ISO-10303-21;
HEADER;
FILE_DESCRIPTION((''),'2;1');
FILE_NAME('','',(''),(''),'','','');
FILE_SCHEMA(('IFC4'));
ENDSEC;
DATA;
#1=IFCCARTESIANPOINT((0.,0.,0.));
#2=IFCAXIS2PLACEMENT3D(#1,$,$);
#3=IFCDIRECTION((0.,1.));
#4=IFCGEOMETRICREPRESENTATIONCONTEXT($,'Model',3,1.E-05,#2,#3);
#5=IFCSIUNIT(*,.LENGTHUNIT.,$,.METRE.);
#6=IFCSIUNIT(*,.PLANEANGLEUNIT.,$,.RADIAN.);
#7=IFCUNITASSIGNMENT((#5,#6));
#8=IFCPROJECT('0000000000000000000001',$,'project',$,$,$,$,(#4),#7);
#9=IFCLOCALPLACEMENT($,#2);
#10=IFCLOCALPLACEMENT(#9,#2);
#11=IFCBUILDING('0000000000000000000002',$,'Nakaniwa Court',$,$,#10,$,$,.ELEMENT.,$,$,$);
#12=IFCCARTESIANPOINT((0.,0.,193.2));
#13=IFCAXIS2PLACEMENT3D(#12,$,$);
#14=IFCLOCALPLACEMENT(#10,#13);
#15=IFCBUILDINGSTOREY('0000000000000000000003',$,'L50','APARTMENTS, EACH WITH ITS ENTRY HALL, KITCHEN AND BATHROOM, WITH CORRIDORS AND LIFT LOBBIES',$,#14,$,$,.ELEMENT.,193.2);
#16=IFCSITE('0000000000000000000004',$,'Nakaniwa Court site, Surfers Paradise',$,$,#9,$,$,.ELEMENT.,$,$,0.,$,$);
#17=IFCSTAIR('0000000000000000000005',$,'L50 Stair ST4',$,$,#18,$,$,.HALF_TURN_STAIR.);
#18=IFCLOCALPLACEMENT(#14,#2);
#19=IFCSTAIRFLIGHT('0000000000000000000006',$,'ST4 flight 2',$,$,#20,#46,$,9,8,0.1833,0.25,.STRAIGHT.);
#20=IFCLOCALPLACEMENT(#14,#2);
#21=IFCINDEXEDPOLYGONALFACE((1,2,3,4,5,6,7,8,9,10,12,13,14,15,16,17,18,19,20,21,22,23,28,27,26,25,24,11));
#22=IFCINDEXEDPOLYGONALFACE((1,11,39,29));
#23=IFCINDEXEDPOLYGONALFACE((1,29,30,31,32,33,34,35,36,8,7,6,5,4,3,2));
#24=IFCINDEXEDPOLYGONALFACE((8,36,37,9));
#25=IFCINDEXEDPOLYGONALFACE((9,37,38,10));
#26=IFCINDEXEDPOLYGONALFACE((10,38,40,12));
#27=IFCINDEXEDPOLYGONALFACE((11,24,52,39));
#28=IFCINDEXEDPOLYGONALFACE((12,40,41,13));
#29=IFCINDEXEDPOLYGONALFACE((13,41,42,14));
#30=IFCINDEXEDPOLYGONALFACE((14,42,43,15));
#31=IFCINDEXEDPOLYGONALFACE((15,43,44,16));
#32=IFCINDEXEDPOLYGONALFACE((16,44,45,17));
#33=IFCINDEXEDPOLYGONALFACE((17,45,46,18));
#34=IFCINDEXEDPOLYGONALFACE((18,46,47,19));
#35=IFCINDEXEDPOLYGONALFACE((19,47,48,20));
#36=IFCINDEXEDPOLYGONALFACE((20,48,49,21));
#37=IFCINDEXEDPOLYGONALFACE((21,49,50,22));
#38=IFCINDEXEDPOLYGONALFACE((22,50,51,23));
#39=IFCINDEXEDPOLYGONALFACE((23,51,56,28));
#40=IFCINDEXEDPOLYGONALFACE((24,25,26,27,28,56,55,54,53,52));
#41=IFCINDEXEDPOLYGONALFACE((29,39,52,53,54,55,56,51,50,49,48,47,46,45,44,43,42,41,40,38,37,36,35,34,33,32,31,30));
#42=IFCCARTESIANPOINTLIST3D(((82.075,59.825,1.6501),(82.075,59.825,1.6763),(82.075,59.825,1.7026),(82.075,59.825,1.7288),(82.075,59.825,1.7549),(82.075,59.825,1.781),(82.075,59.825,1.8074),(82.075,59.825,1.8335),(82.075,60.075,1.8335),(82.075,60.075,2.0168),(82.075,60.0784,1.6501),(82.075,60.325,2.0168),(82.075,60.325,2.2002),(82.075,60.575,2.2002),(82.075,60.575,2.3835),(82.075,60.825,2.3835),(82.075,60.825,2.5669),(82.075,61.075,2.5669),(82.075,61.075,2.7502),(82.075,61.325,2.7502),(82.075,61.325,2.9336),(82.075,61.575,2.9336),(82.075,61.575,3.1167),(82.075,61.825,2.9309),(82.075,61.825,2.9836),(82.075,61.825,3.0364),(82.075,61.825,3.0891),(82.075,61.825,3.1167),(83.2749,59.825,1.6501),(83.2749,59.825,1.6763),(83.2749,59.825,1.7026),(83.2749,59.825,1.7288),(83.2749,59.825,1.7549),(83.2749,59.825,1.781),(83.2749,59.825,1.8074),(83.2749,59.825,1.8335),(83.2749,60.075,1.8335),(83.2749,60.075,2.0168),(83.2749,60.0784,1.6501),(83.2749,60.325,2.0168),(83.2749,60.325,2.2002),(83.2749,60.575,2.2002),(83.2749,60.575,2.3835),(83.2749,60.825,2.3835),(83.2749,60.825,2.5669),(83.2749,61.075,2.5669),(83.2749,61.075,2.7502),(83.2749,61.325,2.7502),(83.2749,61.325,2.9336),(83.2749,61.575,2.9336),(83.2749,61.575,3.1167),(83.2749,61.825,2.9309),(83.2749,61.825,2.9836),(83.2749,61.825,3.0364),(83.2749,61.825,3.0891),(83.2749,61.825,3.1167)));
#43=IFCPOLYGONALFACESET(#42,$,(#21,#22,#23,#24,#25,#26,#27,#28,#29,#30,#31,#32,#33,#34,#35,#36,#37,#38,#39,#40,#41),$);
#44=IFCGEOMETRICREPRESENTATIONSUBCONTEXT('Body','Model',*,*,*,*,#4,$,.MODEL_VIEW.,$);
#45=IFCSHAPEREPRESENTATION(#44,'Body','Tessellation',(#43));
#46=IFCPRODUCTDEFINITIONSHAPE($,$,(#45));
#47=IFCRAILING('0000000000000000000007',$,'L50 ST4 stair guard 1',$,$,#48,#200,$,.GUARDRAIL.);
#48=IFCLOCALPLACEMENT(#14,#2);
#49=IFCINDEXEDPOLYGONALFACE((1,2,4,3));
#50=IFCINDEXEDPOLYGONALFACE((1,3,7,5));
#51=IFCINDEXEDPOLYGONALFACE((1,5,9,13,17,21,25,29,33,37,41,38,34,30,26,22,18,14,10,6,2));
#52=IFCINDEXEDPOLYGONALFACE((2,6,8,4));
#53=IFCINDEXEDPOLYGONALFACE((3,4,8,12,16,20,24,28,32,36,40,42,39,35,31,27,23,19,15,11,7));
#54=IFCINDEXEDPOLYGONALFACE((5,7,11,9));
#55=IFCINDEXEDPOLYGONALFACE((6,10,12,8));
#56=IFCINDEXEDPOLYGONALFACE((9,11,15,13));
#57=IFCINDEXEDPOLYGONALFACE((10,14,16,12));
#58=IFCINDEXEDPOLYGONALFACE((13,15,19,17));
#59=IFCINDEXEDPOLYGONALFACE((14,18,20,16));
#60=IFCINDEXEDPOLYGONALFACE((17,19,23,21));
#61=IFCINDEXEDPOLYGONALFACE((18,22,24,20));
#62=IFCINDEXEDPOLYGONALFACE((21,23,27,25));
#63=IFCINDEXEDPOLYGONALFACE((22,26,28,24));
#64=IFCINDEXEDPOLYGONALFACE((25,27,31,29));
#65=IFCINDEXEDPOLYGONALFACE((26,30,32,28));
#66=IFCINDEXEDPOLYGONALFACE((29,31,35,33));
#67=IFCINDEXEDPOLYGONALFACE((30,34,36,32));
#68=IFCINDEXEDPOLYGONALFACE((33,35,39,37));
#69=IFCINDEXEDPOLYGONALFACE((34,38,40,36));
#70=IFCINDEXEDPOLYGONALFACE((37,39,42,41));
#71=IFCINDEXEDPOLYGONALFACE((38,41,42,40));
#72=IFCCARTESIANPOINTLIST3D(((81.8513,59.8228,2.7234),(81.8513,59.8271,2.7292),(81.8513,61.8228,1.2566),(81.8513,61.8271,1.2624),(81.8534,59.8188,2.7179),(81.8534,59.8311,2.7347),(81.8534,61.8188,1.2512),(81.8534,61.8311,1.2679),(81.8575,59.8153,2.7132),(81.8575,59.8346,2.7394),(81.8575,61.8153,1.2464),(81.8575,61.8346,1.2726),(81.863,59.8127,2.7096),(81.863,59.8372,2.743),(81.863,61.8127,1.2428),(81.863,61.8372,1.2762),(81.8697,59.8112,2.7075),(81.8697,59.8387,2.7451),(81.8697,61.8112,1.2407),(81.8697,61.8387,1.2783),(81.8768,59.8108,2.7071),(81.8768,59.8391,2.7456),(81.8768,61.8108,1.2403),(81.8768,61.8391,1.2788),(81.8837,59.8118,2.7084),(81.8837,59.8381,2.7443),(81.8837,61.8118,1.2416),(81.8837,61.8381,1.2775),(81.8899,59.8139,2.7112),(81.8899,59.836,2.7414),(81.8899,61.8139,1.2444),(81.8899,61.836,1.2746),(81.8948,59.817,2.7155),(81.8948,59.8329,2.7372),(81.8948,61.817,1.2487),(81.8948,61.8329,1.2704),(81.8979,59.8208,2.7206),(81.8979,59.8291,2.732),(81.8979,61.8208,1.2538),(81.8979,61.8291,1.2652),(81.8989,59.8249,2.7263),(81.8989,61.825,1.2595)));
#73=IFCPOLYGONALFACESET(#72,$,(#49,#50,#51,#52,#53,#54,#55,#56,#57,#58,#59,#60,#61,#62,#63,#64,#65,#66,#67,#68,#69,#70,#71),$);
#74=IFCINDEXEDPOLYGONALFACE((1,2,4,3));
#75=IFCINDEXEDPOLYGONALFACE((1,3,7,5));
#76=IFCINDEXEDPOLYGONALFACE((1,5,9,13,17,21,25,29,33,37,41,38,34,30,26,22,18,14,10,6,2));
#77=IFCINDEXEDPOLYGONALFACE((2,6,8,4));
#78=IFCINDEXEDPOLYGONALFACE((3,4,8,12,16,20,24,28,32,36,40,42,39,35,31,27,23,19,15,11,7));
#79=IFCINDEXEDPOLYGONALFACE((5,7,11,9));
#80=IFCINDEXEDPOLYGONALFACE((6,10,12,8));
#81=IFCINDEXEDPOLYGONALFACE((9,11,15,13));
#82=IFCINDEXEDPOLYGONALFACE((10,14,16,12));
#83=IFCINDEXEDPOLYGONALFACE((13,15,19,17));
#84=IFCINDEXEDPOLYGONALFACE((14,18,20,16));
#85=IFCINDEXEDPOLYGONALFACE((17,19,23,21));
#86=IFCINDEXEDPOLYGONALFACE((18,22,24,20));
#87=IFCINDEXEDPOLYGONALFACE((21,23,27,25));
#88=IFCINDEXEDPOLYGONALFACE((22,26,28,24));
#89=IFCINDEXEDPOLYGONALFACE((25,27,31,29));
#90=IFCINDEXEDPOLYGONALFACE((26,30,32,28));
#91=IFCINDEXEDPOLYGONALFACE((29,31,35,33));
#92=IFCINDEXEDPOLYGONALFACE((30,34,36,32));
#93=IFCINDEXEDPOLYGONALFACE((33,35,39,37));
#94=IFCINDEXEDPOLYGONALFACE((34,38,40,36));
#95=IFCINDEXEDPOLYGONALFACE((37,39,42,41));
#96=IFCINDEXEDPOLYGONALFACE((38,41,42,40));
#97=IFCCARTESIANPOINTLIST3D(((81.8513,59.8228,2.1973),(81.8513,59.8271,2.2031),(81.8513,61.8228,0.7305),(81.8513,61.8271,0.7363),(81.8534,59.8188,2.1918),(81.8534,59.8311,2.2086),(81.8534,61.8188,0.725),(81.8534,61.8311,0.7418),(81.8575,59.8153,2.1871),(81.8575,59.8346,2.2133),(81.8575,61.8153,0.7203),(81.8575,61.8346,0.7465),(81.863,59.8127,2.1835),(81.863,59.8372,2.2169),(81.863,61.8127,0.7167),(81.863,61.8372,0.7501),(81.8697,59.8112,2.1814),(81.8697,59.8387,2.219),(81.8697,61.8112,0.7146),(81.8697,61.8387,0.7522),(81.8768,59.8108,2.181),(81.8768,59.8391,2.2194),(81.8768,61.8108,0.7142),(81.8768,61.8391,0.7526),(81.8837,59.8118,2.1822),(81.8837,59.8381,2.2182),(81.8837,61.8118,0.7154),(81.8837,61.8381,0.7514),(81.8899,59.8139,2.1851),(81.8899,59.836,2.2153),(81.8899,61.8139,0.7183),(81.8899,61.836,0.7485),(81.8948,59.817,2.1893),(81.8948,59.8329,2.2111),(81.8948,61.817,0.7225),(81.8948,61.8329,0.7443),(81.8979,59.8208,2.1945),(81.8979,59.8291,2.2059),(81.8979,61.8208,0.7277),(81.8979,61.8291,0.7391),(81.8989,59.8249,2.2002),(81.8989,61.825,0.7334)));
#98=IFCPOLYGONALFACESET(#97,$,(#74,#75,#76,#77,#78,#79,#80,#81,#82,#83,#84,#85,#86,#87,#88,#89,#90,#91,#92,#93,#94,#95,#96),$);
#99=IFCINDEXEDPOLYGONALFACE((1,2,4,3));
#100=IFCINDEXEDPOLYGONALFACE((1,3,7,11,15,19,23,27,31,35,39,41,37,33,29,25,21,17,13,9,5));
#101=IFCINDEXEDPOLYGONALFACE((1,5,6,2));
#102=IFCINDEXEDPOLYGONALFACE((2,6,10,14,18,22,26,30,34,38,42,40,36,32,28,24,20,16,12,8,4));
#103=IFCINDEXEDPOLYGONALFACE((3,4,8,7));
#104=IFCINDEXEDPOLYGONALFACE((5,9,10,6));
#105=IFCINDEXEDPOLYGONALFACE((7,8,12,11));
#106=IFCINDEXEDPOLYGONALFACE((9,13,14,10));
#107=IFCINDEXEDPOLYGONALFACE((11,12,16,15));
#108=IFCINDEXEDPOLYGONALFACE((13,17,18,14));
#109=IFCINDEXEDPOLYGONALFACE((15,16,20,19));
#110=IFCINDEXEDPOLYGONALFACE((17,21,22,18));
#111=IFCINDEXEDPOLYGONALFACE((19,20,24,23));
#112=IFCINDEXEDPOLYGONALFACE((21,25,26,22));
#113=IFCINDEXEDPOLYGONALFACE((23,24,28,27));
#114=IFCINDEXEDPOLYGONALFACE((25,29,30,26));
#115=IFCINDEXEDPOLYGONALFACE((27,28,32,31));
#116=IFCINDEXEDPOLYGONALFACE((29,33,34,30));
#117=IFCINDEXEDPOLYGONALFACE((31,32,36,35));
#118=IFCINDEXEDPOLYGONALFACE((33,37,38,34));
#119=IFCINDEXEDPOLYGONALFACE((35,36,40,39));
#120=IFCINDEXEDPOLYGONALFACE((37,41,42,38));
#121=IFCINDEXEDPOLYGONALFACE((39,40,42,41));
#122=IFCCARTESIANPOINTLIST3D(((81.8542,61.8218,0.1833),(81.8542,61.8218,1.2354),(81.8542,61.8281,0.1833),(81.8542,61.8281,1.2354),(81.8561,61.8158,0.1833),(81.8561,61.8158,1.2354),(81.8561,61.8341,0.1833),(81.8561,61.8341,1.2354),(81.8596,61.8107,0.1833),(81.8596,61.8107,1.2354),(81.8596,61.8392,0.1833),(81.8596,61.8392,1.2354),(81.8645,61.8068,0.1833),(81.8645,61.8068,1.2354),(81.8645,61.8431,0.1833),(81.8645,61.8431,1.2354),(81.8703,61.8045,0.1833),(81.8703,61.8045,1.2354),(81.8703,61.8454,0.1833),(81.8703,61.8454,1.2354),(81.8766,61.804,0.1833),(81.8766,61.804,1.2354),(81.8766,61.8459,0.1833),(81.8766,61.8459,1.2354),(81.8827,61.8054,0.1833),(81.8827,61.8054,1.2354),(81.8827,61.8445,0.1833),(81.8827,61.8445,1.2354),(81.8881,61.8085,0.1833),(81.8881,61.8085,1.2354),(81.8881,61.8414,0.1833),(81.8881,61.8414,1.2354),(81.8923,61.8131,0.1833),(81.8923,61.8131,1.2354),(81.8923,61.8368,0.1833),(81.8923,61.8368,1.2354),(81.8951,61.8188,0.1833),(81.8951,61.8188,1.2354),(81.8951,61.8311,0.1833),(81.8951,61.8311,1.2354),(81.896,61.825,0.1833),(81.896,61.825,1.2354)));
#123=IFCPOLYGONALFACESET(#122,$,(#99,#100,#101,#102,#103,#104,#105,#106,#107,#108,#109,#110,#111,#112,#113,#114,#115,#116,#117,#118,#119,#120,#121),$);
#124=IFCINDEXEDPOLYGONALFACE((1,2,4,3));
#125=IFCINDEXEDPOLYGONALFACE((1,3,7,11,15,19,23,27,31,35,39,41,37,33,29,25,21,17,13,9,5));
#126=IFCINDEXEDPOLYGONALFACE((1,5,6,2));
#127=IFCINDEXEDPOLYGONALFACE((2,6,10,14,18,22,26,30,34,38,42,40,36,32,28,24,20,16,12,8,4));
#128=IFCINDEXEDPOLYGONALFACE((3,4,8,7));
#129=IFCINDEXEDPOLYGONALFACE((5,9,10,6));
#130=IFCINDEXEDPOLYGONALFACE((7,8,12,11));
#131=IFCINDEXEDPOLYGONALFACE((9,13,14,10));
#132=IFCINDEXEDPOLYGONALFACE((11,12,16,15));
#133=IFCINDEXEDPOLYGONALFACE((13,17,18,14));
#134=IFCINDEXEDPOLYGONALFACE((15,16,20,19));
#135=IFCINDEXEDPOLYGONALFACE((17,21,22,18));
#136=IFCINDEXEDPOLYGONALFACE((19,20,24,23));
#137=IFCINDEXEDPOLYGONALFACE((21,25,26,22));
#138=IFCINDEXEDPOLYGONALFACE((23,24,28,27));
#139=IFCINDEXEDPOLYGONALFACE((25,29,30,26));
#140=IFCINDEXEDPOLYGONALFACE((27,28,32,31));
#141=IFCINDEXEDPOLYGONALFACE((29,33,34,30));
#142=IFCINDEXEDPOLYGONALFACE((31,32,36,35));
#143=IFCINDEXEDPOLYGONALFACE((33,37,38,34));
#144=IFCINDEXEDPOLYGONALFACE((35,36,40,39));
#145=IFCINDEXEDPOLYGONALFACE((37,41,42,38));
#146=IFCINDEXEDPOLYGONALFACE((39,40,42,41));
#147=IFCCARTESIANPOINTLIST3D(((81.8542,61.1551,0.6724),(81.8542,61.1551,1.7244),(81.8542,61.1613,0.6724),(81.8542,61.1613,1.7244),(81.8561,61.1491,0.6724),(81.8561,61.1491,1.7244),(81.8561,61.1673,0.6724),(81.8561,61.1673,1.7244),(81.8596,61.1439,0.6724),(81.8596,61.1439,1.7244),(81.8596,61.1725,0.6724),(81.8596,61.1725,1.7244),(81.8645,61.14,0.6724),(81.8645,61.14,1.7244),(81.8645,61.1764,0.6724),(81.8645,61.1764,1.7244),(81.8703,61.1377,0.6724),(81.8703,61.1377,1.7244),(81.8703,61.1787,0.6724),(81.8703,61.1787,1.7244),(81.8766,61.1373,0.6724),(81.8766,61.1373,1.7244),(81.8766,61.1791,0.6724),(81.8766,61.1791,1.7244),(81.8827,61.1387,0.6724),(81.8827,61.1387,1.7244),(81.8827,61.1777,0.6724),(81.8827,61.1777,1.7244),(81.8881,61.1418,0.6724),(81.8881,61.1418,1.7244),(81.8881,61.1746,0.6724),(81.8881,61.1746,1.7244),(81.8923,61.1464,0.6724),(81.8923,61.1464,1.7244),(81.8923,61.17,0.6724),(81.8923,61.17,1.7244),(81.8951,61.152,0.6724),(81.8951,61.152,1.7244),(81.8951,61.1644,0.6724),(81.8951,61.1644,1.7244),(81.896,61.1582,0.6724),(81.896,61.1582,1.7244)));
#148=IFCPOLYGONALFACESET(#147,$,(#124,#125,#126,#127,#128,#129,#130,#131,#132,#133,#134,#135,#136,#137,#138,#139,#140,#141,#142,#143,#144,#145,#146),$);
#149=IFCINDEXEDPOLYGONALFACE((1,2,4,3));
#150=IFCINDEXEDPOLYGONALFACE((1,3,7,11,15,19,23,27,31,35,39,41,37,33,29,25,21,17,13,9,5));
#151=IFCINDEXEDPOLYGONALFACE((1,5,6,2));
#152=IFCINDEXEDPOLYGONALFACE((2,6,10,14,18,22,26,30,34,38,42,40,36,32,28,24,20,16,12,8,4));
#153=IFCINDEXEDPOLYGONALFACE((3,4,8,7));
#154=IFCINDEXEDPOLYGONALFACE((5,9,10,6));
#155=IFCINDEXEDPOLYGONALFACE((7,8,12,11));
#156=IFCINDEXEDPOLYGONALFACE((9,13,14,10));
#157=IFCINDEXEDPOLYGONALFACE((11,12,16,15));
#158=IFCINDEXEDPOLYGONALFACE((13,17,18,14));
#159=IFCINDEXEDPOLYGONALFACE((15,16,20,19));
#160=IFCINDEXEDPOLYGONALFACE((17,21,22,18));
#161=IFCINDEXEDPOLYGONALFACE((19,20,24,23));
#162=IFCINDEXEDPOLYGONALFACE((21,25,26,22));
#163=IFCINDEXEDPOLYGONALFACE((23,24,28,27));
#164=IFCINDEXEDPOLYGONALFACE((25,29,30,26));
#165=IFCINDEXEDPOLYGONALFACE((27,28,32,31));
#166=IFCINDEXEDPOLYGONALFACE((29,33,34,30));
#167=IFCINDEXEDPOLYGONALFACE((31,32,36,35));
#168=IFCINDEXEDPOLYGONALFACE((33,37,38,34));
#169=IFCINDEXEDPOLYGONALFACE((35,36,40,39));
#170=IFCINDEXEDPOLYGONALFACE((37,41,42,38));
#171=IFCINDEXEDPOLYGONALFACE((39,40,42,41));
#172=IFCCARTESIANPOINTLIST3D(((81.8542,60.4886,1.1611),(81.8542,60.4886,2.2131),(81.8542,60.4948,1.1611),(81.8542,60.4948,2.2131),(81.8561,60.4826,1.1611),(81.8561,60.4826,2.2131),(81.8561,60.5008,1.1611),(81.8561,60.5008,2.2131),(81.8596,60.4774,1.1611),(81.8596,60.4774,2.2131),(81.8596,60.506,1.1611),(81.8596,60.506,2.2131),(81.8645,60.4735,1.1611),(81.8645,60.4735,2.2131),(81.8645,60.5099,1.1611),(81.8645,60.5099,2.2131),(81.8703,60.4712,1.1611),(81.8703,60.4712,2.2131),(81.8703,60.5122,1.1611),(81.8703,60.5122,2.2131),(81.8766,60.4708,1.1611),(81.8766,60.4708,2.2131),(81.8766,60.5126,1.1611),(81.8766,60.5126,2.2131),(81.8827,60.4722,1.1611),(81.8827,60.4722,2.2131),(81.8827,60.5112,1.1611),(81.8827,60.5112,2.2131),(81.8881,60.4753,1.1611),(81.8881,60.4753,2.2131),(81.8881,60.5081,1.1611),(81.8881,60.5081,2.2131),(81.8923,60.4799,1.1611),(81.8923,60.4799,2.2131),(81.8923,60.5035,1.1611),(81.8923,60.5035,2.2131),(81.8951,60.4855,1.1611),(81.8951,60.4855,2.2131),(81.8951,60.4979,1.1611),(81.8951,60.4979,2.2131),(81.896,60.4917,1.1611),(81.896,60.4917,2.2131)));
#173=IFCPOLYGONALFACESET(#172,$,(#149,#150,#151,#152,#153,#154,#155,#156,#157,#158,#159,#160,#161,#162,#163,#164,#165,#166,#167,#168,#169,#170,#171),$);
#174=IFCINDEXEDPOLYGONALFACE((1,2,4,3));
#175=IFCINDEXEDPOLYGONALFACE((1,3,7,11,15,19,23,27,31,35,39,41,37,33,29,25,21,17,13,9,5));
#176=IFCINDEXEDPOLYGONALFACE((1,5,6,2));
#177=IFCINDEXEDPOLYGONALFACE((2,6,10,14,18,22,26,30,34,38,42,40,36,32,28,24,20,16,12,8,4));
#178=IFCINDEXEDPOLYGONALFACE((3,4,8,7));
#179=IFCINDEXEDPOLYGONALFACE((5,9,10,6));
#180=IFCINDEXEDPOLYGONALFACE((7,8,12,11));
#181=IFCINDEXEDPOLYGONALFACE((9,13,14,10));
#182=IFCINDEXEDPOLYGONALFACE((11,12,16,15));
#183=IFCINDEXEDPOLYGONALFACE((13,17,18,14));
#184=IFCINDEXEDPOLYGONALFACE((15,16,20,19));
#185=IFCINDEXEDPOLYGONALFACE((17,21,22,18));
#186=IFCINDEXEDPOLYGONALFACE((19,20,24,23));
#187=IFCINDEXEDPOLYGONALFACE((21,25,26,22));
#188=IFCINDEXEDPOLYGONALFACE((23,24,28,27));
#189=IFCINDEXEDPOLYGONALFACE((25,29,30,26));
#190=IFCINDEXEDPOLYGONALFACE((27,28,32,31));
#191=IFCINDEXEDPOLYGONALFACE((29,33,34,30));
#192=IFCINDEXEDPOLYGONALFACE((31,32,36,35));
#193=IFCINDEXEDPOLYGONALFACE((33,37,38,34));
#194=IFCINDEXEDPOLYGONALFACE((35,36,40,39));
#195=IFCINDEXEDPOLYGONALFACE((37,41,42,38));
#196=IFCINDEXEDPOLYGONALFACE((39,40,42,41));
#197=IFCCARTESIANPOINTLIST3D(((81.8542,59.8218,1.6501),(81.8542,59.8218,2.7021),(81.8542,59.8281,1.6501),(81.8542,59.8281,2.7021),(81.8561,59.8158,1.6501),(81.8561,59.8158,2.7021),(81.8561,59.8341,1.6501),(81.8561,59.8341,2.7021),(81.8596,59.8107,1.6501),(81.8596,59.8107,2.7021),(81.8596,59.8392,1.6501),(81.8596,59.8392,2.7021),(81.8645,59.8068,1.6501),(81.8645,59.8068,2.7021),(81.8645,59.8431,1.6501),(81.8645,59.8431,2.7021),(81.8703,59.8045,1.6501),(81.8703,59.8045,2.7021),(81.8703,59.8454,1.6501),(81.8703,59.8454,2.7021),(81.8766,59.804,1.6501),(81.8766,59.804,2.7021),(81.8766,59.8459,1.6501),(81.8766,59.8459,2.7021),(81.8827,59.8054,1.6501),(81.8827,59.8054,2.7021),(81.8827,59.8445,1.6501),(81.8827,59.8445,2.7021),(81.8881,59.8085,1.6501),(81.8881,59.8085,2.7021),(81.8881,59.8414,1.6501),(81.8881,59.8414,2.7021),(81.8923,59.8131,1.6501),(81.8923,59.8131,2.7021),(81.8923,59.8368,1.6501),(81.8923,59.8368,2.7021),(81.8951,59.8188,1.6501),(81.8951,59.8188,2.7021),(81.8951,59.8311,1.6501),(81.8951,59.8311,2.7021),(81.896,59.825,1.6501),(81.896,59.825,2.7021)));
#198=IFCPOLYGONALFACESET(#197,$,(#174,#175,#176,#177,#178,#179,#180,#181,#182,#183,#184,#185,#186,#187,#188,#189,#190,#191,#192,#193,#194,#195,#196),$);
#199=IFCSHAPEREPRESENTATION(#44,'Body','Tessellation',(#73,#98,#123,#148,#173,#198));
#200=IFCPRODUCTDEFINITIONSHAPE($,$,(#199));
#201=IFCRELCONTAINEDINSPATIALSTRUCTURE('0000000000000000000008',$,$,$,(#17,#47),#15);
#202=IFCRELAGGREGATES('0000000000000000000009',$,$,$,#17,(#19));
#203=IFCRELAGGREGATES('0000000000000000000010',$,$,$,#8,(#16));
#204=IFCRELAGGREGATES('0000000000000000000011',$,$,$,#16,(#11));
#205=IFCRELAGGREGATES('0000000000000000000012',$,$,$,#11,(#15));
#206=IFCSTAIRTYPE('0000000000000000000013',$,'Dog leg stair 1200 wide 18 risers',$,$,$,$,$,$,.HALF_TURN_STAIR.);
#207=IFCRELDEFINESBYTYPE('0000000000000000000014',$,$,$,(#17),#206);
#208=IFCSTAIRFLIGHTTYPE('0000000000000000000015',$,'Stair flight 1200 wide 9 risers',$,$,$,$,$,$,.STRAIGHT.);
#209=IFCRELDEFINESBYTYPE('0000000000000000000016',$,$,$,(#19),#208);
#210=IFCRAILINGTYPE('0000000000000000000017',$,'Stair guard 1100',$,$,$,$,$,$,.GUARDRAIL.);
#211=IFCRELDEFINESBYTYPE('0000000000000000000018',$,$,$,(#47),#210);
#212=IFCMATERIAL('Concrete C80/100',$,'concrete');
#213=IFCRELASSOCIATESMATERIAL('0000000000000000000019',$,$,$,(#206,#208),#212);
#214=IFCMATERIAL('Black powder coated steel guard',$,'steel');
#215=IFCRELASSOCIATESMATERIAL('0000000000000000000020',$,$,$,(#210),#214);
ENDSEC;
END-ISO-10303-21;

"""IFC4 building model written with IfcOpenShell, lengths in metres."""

from ifc_helpers import new_model, si_unit, direction, frame, origin, origin_2d, place, context, subcontext, project, spatial, polyline, circle, outline, extrude, material, type_object, element, aggregate, save


model = new_model("IFC4")

# Units and contexts
model_context = context("Model", 3, precision=1e-05, world=origin(), true_north=direction((0.0, 1.0)))
body_context = subcontext(model_context, "Body", "Model", "MODEL_VIEW")
ifc_project = project(units=[si_unit("LENGTHUNIT", "METRE"), si_unit("PLANEANGLEUNIT", "RADIAN")], contexts=[model_context])

# Site, building, storey
site_placement = place(None, origin())
site = spatial("IfcSite", under=ifc_project, at=site_placement, Name="Nakaniwa Court site, Surfers Paradise", CompositionType="ELEMENT", RefElevation=0.0)
building_placement = place(site_placement, origin())
building = spatial("IfcBuilding", under=site, at=building_placement, Name="Nakaniwa Court", CompositionType="ELEMENT")
storey_placement = place(building_placement, frame((0.0, 0.0, 193.2)))
storey = spatial("IfcBuildingStorey", under=building, at=storey_placement, Name="L50", Description="APARTMENTS, EACH WITH ITS ENTRY HALL, KITCHEN AND BATHROOM, WITH CORRIDORS AND LIFT LOBBIES", CompositionType="ELEMENT", Elevation=193.2)

# Shared definitions
ifc_material_1 = material(Name="Concrete C80/100", Category="concrete")

# Stair, stair flight
stair_type = type_object("IfcStairType", Name="Dog leg stair 1200 wide 18 risers", PredefinedType="HALF_TURN_STAIR", material=ifc_material_1)
stair_placement = place(storey_placement, origin())
stair = element("IfcStair", 1, at=stair_placement, inside=storey, type_object=stair_type, Name="L50 Stair ST4", PredefinedType="HALF_TURN_STAIR")
stair_flight_type = type_object("IfcStairFlightType", Name="Stair flight 1200 wide 9 risers", PredefinedType="STRAIGHT", material=ifc_material_1)
stair_flight_1_placement = place(storey_placement, frame((82.675, 59.825, 1.6501), z_axis=(0.0, 0.0, 1.0), x_axis=(0.0, 1.0, 0.0)))
stair_flight_1 = element("IfcStairFlight", 2, at=stair_flight_1_placement, type_object=stair_flight_type, Name="ST4 flight 2", NumberOfRisers=9, NumberOfTreads=8, PredefinedType="STRAIGHT", RiserHeight=0.1833, TreadLength=0.25, context=body_context, shape_type="SweptSolid", body=[
    extrude(outline(polyline([(0.0, 0.0), (0.0, 0.0261), (0.0, 0.0525), (0.0, 0.0786), (0.0, 0.1047), (0.0, 0.1309), (0.0, 0.1572), (0.0, 0.1833), (0.25, 0.1833), (0.25, 0.3667), (0.5, 0.3667), (0.5, 0.55), (0.75, 0.55), (0.75, 0.7334), (1.0, 0.7334), (1.0, 0.9167), (1.25, 0.9167), (1.25, 1.1001), (1.5, 1.1001), (1.5, 1.2834), (1.75, 1.2834), (1.75, 1.4666), (2.0, 1.4666), (2.0, 1.6499), (2.0, 1.5972), (2.0, 1.5444), (2.0, 1.4917), (2.0, 1.439), (2.0, 1.3862), (2.0, 1.3335), (2.0, 1.2808), (0.2534, 0.0), (0.0, 0.0)])), frame((0.0, 0.6001, 0.0), z_axis=(0.0, -1.0, 0.0), x_axis=(1.0, 0.0, 0.0)), (0.0, 0.0, 1.0), 1.2),
])
aggregate(stair, [stair_flight_1])

# Railing
ifc_material_2 = material(Name="Black powder coated steel guard", Category="steel")
railing_type_1 = type_object("IfcRailingType", Name="Stair guard 1100", PredefinedType="GUARDRAIL", material=ifc_material_2)
railing_1_placement = place(storey_placement, frame((81.875, 61.825, 0.1833)))
element("IfcRailing", 3, at=railing_1_placement, inside=storey, type_object=railing_type_1, Name="L50 ST4 stair guard 1", PredefinedType="GUARDRAIL", context=body_context, shape_type="SweptSolid", body=[
    extrude(circle(Radius=0.0239, at=origin_2d()), frame((0.0, 0.0, 1.0762), z_axis=(0.0, -0.80638, 0.591398), x_axis=(1.0, 0.0, 0.0)), (0.0, 0.0, 1.0), 2.4802),
    extrude(circle(Radius=0.0239, at=origin_2d()), frame((0.0, 0.0, 0.55), z_axis=(0.0, -0.80638, 0.591398), x_axis=(1.0, 0.0, 0.0)), (0.0, 0.0, 1.0), 2.4802),
    extrude(circle(Radius=0.021, at=origin_2d()), origin(), (0.0, 0.0, 1.0), 1.052),
    extrude(circle(Radius=0.021, at=origin_2d()), frame((0.0, -0.6667, 0.489)), (0.0, 0.0, 1.0), 1.052),
    extrude(circle(Radius=0.021, at=origin_2d()), frame((0.0, -1.3333, 0.9778)), (0.0, 0.0, 1.0), 1.052),
    extrude(circle(Radius=0.021, at=origin_2d()), frame((0.0, -2.0, 1.4668)), (0.0, 0.0, 1.0), 1.052),
])

save(model, "model.ifc")
